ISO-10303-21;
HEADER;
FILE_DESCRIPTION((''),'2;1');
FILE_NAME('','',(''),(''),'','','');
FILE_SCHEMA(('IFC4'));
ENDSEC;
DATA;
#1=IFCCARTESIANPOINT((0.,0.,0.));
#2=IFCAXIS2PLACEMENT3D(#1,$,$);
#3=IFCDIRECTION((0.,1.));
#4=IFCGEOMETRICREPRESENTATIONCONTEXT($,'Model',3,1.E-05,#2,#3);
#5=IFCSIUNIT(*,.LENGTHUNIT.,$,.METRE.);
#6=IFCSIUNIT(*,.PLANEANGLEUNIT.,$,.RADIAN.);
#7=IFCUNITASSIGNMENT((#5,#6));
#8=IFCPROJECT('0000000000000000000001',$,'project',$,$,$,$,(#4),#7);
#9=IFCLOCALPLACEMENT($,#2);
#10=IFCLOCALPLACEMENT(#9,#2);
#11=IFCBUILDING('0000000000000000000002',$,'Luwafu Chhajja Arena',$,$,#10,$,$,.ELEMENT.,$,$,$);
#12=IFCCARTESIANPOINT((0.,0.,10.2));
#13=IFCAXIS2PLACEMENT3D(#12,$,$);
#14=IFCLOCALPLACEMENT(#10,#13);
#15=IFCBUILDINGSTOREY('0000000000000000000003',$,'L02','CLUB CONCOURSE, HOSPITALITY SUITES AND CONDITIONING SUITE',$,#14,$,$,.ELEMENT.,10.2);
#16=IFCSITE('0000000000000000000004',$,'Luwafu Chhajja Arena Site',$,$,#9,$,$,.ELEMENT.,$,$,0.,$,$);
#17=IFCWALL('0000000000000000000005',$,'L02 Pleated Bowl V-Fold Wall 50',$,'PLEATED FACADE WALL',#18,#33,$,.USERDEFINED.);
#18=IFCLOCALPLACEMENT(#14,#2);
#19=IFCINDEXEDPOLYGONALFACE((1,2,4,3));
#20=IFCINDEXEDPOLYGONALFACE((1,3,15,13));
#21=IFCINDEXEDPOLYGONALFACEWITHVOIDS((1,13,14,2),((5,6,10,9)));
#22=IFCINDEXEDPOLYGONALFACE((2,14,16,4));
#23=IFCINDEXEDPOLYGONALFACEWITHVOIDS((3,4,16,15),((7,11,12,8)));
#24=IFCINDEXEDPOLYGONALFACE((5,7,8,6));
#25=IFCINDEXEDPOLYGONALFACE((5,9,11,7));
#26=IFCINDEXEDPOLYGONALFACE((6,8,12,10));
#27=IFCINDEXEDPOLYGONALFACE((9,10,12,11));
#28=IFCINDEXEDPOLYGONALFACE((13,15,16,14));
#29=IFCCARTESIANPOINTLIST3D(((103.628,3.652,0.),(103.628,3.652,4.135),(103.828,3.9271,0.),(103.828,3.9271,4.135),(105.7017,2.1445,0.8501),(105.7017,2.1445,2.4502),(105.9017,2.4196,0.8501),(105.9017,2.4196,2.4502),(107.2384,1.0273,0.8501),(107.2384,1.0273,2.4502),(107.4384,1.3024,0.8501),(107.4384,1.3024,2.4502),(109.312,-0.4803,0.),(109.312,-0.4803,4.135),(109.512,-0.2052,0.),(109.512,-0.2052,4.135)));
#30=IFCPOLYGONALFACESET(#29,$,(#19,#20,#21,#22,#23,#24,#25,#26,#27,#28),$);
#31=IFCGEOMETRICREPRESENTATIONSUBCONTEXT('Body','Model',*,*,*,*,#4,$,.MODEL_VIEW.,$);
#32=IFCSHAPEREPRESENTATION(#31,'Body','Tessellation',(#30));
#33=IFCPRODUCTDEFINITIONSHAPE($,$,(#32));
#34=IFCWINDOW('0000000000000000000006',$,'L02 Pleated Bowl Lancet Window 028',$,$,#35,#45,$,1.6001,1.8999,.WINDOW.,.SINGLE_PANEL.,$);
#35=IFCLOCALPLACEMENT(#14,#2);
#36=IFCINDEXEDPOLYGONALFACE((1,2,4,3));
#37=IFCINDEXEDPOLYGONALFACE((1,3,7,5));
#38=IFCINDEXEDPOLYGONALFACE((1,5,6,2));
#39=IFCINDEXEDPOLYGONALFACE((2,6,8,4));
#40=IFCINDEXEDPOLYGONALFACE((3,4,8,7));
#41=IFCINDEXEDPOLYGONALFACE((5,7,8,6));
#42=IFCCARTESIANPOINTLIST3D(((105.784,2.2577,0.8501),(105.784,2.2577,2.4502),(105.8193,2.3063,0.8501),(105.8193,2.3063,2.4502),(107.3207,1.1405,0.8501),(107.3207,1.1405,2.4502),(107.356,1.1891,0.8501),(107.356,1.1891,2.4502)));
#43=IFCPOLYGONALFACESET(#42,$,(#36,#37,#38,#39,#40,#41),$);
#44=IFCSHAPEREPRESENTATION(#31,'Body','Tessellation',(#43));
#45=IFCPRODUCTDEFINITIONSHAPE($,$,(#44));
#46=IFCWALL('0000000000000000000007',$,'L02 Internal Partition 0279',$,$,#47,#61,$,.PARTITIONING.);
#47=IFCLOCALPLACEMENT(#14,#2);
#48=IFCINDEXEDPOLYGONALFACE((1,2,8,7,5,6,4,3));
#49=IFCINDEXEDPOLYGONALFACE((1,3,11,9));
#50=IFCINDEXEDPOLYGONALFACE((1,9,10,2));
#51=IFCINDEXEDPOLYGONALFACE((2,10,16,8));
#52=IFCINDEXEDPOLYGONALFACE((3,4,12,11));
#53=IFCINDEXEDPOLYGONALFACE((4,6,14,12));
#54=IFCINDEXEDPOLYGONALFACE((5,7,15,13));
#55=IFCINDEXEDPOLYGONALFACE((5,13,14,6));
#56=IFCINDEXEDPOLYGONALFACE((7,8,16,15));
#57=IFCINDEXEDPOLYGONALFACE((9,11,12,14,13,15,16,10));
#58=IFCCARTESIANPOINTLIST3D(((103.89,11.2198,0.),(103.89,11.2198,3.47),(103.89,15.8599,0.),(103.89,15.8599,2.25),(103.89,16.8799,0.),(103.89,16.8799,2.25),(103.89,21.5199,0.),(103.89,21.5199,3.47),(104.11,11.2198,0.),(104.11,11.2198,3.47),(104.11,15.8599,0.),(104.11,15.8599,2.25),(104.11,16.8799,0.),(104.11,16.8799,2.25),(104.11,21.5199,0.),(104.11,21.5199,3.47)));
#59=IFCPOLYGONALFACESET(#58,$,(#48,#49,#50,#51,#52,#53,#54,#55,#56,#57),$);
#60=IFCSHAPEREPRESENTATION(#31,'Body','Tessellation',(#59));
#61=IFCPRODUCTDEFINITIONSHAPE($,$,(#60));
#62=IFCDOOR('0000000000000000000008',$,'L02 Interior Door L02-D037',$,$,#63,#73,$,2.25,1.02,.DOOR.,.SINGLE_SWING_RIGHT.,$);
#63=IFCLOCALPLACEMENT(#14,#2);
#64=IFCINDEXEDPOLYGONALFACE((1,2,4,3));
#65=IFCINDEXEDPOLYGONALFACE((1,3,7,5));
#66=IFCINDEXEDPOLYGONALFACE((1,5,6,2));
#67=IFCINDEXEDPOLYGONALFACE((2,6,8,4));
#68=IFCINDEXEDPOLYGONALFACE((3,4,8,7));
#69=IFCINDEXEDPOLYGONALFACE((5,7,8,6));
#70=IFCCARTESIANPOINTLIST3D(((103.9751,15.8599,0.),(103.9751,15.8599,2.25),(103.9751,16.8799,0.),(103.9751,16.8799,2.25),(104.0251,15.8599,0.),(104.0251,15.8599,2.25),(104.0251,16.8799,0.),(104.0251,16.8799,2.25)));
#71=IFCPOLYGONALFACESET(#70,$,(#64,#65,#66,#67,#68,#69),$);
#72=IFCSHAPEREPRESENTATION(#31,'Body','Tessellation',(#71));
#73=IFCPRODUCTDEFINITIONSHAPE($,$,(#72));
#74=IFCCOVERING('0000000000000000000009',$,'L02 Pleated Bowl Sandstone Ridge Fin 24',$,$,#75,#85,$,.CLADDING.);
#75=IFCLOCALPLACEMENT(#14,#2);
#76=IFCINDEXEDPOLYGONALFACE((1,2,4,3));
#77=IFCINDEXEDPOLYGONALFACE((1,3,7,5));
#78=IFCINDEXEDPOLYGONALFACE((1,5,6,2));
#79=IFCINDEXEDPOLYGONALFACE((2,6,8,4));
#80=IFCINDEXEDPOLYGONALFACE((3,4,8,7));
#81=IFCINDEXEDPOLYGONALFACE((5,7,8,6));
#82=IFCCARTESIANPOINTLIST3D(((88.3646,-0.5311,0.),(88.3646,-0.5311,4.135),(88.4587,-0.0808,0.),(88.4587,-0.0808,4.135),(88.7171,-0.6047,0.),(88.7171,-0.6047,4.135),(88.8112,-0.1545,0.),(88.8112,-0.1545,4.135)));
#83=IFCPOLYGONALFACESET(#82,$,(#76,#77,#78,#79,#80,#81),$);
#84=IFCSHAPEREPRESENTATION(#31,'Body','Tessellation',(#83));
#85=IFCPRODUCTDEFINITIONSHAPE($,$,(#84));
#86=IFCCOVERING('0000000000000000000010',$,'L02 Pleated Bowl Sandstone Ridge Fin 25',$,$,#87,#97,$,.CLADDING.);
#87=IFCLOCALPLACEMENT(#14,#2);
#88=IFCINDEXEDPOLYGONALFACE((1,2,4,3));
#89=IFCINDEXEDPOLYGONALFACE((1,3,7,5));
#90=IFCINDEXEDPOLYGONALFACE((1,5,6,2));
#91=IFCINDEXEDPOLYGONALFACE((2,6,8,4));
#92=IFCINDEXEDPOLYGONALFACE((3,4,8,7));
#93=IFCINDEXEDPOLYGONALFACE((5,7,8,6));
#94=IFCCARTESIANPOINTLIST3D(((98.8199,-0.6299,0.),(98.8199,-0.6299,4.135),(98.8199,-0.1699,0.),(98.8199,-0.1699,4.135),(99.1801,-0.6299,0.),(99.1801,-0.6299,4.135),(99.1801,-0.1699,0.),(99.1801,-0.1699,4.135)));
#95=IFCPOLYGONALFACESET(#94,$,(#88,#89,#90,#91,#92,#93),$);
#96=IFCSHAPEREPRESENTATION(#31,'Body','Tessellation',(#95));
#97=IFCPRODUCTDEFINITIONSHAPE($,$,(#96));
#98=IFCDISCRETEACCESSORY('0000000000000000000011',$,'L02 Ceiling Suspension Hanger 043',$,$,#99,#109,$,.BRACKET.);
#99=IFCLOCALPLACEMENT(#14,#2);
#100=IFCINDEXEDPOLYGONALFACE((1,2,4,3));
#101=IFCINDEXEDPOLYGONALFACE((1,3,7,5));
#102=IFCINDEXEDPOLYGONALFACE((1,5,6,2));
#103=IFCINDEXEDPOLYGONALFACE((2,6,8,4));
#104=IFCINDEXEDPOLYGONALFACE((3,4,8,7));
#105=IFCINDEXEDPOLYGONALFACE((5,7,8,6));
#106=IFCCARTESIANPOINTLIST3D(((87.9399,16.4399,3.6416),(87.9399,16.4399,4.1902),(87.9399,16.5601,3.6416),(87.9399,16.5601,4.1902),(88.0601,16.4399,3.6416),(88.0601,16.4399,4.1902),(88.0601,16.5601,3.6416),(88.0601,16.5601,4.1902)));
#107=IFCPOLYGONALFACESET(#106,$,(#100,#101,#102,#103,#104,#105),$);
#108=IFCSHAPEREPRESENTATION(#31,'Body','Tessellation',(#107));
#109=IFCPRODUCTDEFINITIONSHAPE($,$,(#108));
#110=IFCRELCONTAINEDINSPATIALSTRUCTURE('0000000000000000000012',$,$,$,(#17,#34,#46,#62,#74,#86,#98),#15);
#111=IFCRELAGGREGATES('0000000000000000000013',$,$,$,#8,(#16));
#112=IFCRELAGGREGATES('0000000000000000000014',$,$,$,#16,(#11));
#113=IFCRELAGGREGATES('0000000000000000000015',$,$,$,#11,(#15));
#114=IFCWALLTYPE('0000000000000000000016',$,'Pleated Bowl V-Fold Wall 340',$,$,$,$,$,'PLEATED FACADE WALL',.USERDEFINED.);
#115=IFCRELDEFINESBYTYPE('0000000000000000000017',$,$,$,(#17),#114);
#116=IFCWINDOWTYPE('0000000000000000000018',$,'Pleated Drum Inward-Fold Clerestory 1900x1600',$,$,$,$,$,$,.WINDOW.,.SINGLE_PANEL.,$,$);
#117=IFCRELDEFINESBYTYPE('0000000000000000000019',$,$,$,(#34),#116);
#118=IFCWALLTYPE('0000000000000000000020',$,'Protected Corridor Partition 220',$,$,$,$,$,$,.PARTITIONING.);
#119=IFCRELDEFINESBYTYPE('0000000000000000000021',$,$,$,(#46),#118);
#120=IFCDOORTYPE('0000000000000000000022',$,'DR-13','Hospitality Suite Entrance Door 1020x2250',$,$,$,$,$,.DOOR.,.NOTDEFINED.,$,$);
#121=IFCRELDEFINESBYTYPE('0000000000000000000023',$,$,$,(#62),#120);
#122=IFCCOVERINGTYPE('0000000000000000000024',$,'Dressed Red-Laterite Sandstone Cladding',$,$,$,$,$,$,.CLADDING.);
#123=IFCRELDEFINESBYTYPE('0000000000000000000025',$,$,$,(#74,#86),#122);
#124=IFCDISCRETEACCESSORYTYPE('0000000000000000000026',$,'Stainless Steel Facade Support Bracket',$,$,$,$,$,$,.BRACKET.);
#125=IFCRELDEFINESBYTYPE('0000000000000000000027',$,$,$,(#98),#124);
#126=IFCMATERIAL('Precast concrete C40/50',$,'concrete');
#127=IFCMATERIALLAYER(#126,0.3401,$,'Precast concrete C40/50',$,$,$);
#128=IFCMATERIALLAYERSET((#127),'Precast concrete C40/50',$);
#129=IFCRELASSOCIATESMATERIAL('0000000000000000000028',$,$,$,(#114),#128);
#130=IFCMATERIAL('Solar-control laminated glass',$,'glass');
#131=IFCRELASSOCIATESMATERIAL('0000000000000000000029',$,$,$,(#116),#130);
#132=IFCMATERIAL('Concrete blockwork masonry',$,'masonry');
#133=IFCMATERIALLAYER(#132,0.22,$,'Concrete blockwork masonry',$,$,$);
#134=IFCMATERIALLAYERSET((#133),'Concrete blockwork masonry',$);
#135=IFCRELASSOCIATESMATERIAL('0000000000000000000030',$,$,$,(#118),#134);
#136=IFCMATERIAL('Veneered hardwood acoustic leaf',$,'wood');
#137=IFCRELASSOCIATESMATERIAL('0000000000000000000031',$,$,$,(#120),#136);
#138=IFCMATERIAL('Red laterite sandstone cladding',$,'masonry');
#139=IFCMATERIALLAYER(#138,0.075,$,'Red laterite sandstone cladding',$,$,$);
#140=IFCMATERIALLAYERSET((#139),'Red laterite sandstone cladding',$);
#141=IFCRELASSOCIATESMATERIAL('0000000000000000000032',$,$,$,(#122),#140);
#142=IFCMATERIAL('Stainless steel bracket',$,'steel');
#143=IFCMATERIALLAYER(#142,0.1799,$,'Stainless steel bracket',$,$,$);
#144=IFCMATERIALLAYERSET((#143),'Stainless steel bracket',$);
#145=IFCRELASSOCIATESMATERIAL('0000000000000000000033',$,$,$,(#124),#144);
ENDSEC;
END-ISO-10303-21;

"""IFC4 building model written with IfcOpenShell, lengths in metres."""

from ifc_helpers import new_model, si_unit, direction, frame, frame_2d, origin, origin_2d, place, context, subcontext, project, spatial, rectangle, extrude, material, layer, layer_set, type_object, element, fill, save


model = new_model("IFC4")

# Units and contexts
model_context = context("Model", 3, precision=1e-05, world=origin(), true_north=direction((0.0, 1.0)))
body_context = subcontext(model_context, "Body", "Model", "MODEL_VIEW")
ifc_project = project(units=[si_unit("LENGTHUNIT", "METRE"), si_unit("PLANEANGLEUNIT", "RADIAN")], contexts=[model_context])

# Site, building, storey
site_placement = place(None, origin())
site = spatial("IfcSite", under=ifc_project, at=site_placement, Name="Luwafu Chhajja Arena Site", CompositionType="ELEMENT", RefElevation=0.0)
building_placement = place(site_placement, origin())
building = spatial("IfcBuilding", under=site, at=building_placement, Name="Luwafu Chhajja Arena", CompositionType="ELEMENT")
storey_placement = place(building_placement, frame((0.0, 0.0, 10.2)))
storey = spatial("IfcBuildingStorey", under=building, at=storey_placement, Name="L02", Description="CLUB CONCOURSE, HOSPITALITY SUITES AND CONDITIONING SUITE", CompositionType="ELEMENT", Elevation=10.2)

# Shared definitions
ifc_material_1 = material(Name="Concrete blockwork masonry", Category="masonry")

# Wall, opening, window
ifc_material_2 = material(Name="Precast concrete C40/50", Category="concrete")
ifc_layer_1 = layer(ifc_material_2, 0.3401, Name="Precast concrete C40/50")
ifc_layer_set_1 = layer_set([ifc_layer_1], Name="Precast concrete C40/50")
wall_type_1 = type_object("IfcWallType", Name="Pleated Bowl V-Fold Wall 340", ElementType="PLEATED FACADE WALL", PredefinedType="USERDEFINED", material=ifc_layer_set_1)
ifc_material_3 = material(Name="Solar-control laminated glass", Category="glass")
window_type_1 = type_object("IfcWindowType", Name="Pleated Drum Inward-Fold Clerestory 1900x1600", PartitioningType="SINGLE_PANEL", PredefinedType="WINDOW", material=ifc_material_3)
wall_1_placement = place(storey_placement, frame((103.728, 3.7896, 0.0), z_axis=(0.0, 0.0, 1.0), x_axis=(0.808841, -0.588027, 0.0)))
wall_1 = element("IfcWall", 1, at=wall_1_placement, inside=storey, type_object=wall_type_1, Name="L02 Pleated Bowl V-Fold Wall 50", ObjectType="PLEATED FACADE WALL", PredefinedType="USERDEFINED", context=body_context, shape_type="SweptSolid", body=[
    extrude(rectangle(XDim=7.0273, YDim=0.3401, at=frame_2d((3.5137, 0.0))), origin(), (0.0, 0.0, 1.0), 4.135),
])
opening_1_placement = place(wall_1_placement, frame((2.5637, 0.0, 0.8501)))
opening_1 = element("IfcOpeningElement", 2, at=opening_1_placement, cuts=wall_1, PredefinedType="OPENING", context=body_context, shape_type="SweptSolid", body=[
    extrude(rectangle(XDim=1.8999, YDim=1.6001, at=frame_2d((0.95, 0.8))), frame((0.0, 0.1799, 0.0), z_axis=(0.0, -1.0, 0.0), x_axis=(1.0, 0.0, 0.0)), (0.0, 0.0, 1.0), 0.3601),
])
window_1_placement = place(opening_1_placement, origin())
window_1 = element("IfcWindow", 3, at=window_1_placement, inside=storey, type_object=window_type_1, Name="L02 Pleated Bowl Lancet Window 028", OverallHeight=1.6001, OverallWidth=1.8999, PartitioningType="SINGLE_PANEL", PredefinedType="WINDOW", context=body_context, shape_type="SweptSolid", body=[
    extrude(rectangle(XDim=1.8999, YDim=1.6001, at=frame_2d((0.95, 0.8))), frame((0.0, 0.03, 0.0), z_axis=(0.0, -1.0, 0.0), x_axis=(1.0, 0.0, 0.0)), (0.0, 0.0, 1.0), 0.0601),
])
fill(opening_1, window_1)

# Wall, opening, door
ifc_layer_2 = layer(ifc_material_1, 0.22, Name="Concrete blockwork masonry")
ifc_layer_set_2 = layer_set([ifc_layer_2], Name="Concrete blockwork masonry")
wall_type_2 = type_object("IfcWallType", Name="Protected Corridor Partition 220", PredefinedType="PARTITIONING", material=ifc_layer_set_2)
wall_2_placement = place(storey_placement, frame((104.0, 11.22, 0.0), z_axis=(0.0, 0.0, 1.0), x_axis=(0.0, 1.0, 0.0)))
wall_2 = element("IfcWall", 4, at=wall_2_placement, inside=storey, type_object=wall_type_2, Name="L02 Internal Partition 0279", PredefinedType="PARTITIONING", context=body_context, shape_type="SweptSolid", body=[
    extrude(rectangle(XDim=10.3, YDim=0.22, at=frame_2d((5.1499, 0.0))), origin(), (0.0, 0.0, 1.0), 3.47),
])
opening_2_placement = place(wall_2_placement, frame((4.6399, 0.0, 0.0)))
opening_2 = element("IfcOpeningElement", 5, at=opening_2_placement, cuts=wall_2, PredefinedType="OPENING", context=body_context, shape_type="SweptSolid", body=[
    extrude(rectangle(XDim=1.02, YDim=2.25, at=frame_2d((0.51, 1.125))), frame((0.0, 0.1199, 0.0), z_axis=(0.0, -1.0, 0.0), x_axis=(1.0, 0.0, 0.0)), (0.0, 0.0, 1.0), 0.24),
])
ifc_material_4 = material(Name="Veneered hardwood acoustic leaf", Category="wood")
door_type_1 = type_object("IfcDoorType", Name="DR-13", Description="Hospitality Suite Entrance Door 1020x2250", OperationType="NOTDEFINED", PredefinedType="DOOR", material=ifc_material_4)
door_1_placement = place(opening_2_placement, origin())
door_1 = element("IfcDoor", 6, at=door_1_placement, inside=storey, type_object=door_type_1, Name="L02 Interior Door L02-D037", OperationType="SINGLE_SWING_RIGHT", OverallHeight=2.25, OverallWidth=1.02, PredefinedType="DOOR", context=body_context, shape_type="SweptSolid", body=[
    extrude(rectangle(XDim=1.02, YDim=2.25, at=frame_2d((0.51, 1.125))), frame((0.0, 0.0249, 0.0), z_axis=(0.0, -1.0, 0.0), x_axis=(1.0, 0.0, 0.0)), (0.0, 0.0, 1.0), 0.05),
])
fill(opening_2, door_1)

# Coverings
ifc_material_5 = material(Name="Red laterite sandstone cladding", Category="masonry")
ifc_layer_3 = layer(ifc_material_5, 0.075, Name="Red laterite sandstone cladding")
ifc_layer_set_3 = layer_set([ifc_layer_3], Name="Red laterite sandstone cladding")
covering_type = type_object("IfcCoveringType", Name="Dressed Red-Laterite Sandstone Cladding", PredefinedType="CLADDING", material=ifc_layer_set_3)
for number, where, z_axis, x_axis, name in (
    (7, (88.5879, -0.3428, 0.0), (0.0, 0.0, 1.0), (-0.204485, -0.97887, 0.0), "L02 Pleated Bowl Sandstone Ridge Fin 24"),
    (8, (99.0, -0.3999, 0.0), (0.0, 0.0, 1.0), (0.0, -1.0, 0.0), "L02 Pleated Bowl Sandstone Ridge Fin 25"),
):
    element("IfcCovering", number, at=place(storey_placement, frame(where, z_axis=z_axis, x_axis=x_axis)), inside=storey, type_object=covering_type, Name=name, PredefinedType="CLADDING", context=body_context, shape_type="SweptSolid", body=[
        extrude(rectangle(XDim=0.46, YDim=0.3601, at=origin_2d()), origin(), (0.0, 0.0, 1.0), 4.135),
    ])

# Discrete accessory
ifc_material_6 = material(Name="Stainless steel bracket", Category="steel")
ifc_layer_4 = layer(ifc_material_6, 0.1799, Name="Stainless steel bracket")
ifc_layer_set_4 = layer_set([ifc_layer_4], Name="Stainless steel bracket")
discrete_accessory_type = type_object("IfcDiscreteAccessoryType", Name="Stainless Steel Facade Support Bracket", PredefinedType="BRACKET", material=ifc_layer_set_4)
discrete_accessory_placement = place(storey_placement, frame((88.0, 16.5, 3.6416), z_axis=(0.0, 0.0, 1.0), x_axis=(1.0, 0.0, 0.0)))
element("IfcDiscreteAccessory", 9, at=discrete_accessory_placement, inside=storey, type_object=discrete_accessory_type, Name="L02 Ceiling Suspension Hanger 043", PredefinedType="BRACKET", context=body_context, shape_type="SweptSolid", body=[
    extrude(rectangle(XDim=0.1201, YDim=0.1201, at=origin_2d()), origin(), (0.0, 0.0, 1.0), 0.5486),
])

save(model, "model.ifc")
